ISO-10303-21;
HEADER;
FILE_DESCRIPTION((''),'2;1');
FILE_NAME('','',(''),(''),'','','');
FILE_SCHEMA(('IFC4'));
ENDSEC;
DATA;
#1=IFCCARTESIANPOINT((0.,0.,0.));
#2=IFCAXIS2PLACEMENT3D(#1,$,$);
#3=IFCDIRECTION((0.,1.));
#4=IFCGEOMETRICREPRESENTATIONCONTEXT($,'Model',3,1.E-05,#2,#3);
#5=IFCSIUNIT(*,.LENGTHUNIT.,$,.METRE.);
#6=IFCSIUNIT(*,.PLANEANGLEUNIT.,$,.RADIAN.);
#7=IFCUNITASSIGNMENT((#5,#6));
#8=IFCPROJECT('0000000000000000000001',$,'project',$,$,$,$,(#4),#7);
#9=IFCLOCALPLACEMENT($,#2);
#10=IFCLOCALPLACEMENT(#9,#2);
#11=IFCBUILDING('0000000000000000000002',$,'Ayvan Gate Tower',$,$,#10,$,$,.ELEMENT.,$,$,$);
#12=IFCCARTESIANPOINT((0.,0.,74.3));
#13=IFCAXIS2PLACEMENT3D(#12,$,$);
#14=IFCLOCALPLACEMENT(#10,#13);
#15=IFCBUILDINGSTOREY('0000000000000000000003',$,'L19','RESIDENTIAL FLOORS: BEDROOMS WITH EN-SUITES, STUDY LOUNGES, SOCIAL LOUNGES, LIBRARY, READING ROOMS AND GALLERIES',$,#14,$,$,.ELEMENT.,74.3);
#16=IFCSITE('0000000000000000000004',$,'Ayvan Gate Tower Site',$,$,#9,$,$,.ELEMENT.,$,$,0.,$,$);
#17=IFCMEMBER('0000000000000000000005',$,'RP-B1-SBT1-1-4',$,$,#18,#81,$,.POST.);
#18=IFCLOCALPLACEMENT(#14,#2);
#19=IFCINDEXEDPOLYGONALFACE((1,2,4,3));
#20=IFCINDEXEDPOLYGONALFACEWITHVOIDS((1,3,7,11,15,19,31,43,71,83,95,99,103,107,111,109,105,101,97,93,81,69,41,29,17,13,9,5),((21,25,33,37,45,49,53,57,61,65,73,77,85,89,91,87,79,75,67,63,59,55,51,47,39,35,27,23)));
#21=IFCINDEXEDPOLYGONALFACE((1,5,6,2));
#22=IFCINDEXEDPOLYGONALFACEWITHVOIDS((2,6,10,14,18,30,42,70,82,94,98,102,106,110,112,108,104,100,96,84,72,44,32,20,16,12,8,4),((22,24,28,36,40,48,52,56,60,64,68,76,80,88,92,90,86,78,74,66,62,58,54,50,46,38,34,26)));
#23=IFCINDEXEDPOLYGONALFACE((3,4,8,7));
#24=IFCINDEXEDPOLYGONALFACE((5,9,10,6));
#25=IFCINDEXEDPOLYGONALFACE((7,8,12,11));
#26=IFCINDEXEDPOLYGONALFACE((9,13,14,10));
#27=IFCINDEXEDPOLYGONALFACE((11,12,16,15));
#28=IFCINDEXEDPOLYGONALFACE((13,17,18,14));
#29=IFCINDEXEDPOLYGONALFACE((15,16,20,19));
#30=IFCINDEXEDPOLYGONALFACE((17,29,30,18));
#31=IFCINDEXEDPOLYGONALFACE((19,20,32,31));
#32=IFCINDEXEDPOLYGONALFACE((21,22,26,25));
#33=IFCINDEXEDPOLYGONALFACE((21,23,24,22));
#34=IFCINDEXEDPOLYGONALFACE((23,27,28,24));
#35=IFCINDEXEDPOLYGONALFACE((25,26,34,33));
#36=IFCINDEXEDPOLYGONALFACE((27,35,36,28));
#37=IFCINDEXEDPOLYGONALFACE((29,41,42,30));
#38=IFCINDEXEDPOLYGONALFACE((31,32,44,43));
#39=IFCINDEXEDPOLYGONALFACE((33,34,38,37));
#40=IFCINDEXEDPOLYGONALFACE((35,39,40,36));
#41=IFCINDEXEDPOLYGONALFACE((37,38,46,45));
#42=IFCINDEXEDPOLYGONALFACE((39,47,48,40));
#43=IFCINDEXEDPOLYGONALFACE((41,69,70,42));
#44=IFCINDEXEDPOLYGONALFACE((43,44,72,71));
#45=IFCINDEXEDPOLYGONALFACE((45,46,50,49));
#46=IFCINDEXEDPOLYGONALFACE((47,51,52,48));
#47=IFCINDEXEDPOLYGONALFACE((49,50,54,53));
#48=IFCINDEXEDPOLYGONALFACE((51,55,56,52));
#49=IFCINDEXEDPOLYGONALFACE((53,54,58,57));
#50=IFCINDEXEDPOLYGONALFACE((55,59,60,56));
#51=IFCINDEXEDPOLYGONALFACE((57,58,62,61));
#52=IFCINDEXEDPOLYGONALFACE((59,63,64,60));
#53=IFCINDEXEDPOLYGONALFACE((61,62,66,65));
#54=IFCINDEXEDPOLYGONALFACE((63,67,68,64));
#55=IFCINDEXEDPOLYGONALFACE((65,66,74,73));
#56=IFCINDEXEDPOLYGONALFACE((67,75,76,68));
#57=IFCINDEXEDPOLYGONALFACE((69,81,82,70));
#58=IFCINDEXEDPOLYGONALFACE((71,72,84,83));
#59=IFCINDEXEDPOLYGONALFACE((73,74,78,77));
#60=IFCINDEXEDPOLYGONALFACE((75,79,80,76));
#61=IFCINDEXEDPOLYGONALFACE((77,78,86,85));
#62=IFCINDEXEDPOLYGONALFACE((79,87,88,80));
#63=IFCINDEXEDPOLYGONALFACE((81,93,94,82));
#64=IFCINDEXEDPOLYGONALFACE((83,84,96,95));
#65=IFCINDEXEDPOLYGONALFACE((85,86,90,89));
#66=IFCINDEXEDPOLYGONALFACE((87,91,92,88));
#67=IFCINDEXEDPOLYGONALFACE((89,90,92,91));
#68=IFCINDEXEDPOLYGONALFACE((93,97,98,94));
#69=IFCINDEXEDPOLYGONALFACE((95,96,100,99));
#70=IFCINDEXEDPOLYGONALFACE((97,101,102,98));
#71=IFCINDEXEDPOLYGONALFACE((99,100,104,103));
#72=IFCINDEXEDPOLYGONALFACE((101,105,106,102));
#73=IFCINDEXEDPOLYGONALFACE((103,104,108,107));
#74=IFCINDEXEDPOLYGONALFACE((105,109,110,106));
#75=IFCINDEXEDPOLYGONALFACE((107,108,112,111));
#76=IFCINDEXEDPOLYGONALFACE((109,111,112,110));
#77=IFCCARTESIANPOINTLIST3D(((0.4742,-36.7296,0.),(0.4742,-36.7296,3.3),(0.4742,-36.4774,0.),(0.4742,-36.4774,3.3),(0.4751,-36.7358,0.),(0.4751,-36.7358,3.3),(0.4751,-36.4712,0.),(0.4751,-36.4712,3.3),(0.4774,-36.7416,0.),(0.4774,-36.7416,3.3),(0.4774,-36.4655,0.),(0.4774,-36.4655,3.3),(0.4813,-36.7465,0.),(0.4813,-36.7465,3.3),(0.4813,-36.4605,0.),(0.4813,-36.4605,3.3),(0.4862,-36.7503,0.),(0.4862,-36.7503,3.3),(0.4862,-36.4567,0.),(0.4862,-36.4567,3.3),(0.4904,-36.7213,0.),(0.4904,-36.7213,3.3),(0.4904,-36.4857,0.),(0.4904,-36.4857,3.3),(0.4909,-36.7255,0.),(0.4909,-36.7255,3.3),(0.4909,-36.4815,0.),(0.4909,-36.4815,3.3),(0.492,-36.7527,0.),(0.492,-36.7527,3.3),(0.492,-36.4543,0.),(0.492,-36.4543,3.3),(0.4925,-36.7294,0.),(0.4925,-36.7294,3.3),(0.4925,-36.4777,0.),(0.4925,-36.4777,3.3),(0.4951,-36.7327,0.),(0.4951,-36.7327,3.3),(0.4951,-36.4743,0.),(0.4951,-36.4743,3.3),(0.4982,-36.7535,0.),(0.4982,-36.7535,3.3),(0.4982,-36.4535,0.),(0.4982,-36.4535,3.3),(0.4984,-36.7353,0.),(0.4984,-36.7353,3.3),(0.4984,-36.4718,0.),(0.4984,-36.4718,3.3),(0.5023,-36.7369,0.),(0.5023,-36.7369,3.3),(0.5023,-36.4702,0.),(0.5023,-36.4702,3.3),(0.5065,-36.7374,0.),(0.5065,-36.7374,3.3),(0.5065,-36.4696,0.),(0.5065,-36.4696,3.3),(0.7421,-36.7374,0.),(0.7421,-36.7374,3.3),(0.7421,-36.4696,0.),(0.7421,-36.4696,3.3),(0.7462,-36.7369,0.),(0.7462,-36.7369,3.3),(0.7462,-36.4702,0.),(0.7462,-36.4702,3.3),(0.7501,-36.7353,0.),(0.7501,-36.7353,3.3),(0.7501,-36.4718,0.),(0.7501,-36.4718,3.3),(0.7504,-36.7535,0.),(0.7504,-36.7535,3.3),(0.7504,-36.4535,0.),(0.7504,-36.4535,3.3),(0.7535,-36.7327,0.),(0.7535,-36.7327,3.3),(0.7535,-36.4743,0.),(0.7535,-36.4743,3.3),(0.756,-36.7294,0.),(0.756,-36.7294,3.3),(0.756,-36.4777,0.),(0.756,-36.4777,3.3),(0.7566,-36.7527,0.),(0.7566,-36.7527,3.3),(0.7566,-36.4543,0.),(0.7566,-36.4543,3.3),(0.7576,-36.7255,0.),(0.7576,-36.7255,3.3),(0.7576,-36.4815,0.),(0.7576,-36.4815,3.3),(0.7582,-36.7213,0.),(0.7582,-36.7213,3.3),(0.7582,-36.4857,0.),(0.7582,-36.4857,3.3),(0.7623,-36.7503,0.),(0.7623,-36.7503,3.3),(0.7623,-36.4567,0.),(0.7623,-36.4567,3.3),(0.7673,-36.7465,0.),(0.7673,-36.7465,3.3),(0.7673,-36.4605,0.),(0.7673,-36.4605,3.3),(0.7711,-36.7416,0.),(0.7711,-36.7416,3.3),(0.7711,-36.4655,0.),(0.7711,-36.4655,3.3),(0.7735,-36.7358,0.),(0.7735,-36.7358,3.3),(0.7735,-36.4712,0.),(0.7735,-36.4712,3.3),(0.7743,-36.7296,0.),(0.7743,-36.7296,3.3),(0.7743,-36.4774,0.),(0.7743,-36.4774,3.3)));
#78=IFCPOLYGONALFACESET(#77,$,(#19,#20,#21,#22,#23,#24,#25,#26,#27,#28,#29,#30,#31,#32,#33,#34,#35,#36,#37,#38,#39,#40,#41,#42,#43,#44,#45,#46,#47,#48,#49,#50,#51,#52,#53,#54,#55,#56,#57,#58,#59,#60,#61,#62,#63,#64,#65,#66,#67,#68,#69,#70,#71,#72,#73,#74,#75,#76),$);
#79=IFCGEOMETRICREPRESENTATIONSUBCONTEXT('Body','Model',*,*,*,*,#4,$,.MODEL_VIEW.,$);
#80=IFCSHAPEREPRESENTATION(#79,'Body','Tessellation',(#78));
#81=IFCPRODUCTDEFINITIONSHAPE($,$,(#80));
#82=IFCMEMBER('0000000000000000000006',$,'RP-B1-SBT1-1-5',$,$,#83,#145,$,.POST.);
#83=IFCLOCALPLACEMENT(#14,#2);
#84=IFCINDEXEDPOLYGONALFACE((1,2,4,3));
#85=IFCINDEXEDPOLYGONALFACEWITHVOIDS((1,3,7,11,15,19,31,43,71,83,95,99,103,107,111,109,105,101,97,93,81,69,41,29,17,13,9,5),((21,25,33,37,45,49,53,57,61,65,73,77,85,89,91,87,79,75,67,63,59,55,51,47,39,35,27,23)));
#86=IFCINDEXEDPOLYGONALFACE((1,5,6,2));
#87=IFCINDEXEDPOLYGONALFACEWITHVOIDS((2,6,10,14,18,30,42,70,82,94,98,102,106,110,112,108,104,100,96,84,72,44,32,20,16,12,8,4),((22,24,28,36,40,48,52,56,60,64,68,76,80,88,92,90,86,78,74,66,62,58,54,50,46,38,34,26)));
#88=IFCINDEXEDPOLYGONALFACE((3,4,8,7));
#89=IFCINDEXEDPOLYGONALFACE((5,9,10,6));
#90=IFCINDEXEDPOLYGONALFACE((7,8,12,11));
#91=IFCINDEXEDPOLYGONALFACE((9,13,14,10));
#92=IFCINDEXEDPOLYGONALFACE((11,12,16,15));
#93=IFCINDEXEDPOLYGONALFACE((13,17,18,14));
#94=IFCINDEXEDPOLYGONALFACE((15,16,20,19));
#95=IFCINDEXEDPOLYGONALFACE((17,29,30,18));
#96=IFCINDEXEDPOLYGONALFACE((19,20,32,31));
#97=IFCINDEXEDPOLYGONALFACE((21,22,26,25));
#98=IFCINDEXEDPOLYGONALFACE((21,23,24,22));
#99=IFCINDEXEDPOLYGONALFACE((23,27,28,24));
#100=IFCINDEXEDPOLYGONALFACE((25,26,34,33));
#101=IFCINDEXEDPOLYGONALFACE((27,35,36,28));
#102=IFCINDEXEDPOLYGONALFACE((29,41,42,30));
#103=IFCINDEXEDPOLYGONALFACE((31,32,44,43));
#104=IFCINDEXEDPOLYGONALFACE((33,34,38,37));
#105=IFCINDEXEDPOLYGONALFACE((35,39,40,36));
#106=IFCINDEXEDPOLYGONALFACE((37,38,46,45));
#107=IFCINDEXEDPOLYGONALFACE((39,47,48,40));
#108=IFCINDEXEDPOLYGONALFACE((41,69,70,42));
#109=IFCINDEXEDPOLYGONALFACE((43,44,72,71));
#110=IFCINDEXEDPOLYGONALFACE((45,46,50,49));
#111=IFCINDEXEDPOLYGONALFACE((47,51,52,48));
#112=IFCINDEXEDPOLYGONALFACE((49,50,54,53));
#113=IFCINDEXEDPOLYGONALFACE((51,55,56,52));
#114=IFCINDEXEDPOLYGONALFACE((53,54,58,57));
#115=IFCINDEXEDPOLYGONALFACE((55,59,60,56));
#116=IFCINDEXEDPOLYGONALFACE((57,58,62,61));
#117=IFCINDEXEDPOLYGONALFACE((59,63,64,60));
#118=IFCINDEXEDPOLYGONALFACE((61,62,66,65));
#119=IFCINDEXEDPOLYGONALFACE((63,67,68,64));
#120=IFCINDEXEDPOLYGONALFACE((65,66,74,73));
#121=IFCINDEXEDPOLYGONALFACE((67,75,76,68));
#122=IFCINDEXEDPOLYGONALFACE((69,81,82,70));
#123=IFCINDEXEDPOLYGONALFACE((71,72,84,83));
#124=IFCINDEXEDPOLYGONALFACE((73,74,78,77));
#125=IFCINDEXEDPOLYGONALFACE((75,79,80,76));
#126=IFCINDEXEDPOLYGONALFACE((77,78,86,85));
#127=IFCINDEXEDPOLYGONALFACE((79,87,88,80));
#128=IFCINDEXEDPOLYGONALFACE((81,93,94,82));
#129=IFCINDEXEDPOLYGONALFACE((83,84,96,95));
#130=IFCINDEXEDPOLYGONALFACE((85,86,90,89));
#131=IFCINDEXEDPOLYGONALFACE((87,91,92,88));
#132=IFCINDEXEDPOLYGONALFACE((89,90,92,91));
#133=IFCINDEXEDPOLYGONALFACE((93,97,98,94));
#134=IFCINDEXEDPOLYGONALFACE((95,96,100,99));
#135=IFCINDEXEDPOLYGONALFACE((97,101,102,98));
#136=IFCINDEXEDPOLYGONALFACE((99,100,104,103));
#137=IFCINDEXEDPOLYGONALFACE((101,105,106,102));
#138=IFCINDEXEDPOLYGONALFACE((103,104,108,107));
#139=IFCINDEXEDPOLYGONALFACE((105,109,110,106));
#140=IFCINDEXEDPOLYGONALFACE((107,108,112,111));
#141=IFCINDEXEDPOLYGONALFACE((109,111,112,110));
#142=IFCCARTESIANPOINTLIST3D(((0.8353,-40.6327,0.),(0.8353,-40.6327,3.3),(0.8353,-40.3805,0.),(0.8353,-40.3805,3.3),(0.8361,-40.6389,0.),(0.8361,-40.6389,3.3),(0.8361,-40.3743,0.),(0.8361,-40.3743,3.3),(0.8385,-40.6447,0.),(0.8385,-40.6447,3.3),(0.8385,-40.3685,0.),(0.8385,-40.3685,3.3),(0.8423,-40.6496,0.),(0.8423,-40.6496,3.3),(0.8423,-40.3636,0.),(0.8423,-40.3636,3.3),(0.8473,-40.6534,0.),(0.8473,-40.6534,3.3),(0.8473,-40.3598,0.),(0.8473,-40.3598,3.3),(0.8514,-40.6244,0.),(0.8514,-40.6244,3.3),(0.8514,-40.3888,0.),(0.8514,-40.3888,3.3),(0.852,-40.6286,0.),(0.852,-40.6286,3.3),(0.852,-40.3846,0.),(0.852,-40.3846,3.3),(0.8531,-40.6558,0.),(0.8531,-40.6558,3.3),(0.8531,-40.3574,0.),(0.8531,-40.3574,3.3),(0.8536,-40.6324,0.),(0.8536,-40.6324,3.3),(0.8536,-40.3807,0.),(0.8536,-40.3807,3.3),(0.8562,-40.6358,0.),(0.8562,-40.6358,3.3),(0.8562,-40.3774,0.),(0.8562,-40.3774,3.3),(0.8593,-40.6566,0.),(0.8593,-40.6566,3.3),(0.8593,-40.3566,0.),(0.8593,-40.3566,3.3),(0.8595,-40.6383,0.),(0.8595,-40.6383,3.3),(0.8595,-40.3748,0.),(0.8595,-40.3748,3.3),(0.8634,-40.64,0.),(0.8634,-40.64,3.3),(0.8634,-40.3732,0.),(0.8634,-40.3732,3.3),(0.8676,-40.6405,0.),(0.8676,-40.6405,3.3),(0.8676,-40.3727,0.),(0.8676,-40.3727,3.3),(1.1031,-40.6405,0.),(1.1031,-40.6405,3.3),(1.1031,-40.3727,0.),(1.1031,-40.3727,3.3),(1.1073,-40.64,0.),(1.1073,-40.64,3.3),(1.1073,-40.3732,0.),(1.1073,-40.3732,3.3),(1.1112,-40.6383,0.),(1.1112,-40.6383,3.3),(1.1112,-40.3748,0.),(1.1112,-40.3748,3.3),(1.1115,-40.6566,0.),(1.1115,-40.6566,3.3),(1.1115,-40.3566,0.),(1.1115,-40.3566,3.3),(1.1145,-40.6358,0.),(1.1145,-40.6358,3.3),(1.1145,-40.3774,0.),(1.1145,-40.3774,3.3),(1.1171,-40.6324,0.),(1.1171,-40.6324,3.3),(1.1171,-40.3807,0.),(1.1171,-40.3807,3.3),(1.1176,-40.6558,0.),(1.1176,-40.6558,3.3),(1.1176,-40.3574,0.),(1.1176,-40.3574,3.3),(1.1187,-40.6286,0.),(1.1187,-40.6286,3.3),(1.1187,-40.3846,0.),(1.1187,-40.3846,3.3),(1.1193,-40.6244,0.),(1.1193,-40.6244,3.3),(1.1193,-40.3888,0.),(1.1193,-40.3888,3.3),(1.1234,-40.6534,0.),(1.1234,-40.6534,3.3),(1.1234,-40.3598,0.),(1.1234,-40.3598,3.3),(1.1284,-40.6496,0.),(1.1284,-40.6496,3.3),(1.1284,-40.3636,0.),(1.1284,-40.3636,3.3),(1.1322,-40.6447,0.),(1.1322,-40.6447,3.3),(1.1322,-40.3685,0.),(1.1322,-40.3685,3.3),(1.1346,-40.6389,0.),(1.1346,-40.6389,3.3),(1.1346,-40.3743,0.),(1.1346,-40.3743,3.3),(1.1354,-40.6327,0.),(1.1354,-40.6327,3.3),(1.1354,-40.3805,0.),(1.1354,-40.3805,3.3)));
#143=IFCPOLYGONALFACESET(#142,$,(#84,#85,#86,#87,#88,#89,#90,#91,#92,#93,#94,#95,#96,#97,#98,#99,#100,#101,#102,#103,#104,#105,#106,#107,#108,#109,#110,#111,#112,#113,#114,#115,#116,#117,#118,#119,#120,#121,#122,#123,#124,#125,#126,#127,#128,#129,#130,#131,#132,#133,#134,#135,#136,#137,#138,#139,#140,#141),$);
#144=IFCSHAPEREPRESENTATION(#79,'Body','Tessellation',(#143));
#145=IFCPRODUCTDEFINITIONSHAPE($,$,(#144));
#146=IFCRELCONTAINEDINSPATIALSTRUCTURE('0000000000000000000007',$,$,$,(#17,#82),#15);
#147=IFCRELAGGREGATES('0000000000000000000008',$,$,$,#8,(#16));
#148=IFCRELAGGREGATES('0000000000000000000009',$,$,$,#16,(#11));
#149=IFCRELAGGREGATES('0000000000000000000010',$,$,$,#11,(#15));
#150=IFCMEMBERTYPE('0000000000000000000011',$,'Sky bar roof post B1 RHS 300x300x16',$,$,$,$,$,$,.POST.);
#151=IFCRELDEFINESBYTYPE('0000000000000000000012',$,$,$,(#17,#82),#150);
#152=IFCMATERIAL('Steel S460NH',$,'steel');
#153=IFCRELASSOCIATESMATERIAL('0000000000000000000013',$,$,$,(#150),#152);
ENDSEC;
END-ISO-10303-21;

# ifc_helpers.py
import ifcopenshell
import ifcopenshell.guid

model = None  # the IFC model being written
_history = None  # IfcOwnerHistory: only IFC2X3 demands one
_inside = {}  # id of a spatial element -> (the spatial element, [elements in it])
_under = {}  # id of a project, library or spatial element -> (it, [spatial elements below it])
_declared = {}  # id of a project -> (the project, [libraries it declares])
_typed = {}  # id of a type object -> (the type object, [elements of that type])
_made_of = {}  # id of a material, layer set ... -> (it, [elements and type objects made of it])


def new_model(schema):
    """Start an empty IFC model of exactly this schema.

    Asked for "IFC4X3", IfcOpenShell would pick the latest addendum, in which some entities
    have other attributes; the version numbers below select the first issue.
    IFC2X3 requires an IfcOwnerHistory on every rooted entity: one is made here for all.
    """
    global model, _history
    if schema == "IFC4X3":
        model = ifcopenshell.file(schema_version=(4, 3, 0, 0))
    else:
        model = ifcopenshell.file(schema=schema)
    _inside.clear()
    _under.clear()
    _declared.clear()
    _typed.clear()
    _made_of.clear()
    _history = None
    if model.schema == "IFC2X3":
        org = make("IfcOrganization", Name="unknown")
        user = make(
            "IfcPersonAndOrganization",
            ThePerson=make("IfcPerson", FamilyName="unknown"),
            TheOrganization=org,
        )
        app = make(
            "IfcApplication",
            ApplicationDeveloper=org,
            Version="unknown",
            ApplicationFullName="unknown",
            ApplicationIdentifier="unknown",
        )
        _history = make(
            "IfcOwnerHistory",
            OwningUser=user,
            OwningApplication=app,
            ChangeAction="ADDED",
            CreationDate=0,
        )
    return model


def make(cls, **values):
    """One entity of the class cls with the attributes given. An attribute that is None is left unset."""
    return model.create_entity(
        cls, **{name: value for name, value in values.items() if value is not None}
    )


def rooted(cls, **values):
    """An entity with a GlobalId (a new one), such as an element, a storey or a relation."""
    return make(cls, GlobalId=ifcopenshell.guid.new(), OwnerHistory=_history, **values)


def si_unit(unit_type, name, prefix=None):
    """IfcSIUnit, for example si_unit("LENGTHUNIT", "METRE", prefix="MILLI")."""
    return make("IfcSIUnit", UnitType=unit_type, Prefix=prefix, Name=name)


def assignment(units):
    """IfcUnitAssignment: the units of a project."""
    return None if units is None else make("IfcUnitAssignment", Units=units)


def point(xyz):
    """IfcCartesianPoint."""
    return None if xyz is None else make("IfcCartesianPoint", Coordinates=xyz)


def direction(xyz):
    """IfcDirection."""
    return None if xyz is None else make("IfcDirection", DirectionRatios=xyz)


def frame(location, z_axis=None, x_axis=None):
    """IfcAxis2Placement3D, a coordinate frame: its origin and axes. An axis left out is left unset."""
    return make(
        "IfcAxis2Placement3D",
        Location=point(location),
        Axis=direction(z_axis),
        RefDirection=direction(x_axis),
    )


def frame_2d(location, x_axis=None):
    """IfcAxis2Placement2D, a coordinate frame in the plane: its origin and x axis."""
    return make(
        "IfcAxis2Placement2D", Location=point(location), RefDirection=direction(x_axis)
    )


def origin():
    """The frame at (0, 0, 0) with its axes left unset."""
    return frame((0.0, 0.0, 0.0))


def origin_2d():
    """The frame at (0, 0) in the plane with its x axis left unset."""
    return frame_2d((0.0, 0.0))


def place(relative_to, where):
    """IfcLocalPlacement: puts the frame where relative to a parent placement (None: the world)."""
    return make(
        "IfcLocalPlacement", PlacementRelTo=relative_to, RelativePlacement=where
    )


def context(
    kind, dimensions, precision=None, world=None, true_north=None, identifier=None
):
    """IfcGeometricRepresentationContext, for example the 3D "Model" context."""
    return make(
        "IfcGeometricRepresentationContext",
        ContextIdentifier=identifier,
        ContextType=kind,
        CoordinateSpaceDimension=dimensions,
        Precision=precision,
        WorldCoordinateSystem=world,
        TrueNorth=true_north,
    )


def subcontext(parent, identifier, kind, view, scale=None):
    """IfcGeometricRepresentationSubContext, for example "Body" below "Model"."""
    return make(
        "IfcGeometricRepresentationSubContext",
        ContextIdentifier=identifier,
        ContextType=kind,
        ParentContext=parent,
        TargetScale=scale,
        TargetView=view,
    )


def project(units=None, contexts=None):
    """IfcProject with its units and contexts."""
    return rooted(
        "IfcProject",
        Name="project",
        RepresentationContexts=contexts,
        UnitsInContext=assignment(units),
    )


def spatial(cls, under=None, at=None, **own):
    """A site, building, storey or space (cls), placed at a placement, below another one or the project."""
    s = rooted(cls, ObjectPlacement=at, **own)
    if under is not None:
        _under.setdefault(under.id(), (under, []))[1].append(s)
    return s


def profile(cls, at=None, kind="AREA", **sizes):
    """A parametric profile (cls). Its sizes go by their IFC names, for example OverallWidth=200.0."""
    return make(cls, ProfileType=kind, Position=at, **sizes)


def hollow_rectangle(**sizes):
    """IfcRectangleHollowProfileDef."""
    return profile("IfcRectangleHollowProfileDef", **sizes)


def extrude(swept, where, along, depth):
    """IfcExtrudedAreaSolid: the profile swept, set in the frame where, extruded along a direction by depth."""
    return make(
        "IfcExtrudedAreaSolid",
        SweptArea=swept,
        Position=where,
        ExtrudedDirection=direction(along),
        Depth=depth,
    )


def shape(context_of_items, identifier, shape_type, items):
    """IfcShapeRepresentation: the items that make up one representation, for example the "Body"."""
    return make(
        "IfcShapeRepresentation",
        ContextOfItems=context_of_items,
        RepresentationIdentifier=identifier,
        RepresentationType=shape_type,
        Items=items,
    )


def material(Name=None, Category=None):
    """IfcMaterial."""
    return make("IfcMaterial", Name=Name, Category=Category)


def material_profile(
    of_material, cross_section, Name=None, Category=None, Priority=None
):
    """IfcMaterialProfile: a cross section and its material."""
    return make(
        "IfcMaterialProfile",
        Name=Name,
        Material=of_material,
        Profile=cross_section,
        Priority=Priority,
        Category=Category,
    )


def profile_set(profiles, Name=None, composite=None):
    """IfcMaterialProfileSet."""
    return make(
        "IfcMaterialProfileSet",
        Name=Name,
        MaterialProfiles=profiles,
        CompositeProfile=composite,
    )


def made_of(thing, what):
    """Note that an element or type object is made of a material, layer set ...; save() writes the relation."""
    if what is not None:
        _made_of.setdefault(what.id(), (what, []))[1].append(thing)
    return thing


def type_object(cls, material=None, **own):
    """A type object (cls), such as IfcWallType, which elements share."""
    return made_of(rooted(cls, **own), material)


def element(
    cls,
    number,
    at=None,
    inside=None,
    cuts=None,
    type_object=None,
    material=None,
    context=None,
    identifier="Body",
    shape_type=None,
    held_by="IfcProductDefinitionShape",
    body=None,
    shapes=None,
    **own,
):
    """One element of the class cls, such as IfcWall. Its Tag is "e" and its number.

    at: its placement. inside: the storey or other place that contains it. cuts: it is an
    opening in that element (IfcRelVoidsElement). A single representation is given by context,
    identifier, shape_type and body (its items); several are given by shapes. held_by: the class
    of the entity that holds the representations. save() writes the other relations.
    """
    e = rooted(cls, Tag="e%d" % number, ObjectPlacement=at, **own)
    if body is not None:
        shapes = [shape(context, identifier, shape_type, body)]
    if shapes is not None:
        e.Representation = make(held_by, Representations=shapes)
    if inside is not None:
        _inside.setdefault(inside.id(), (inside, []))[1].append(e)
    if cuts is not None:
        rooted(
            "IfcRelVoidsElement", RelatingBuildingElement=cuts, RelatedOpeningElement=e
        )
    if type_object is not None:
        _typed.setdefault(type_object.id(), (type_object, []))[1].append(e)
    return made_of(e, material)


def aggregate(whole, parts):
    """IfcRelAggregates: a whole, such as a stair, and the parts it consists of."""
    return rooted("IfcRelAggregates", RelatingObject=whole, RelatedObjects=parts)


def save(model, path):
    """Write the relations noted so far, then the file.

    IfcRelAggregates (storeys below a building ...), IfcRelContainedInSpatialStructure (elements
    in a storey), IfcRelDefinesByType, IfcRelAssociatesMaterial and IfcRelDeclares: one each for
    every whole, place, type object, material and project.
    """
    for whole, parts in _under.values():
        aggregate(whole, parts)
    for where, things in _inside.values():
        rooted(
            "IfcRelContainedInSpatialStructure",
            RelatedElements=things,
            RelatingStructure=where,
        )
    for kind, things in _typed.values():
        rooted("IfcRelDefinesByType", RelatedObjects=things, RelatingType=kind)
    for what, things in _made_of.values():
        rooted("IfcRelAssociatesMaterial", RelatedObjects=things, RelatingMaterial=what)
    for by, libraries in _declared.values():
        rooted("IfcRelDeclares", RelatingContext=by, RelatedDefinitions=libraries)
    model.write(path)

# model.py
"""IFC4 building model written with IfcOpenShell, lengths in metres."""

from ifc_helpers import new_model, si_unit, direction, frame, origin, origin_2d, place, context, subcontext, project, spatial, hollow_rectangle, extrude, material, material_profile, profile_set, type_object, element, save


model = new_model("IFC4")

# Units and contexts
model_context = context("Model", 3, precision=1e-05, world=origin(), true_north=direction((0.0, 1.0)))
body_context = subcontext(model_context, "Body", "Model", "MODEL_VIEW")
ifc_project = project(units=[si_unit("LENGTHUNIT", "METRE"), si_unit("PLANEANGLEUNIT", "RADIAN")], contexts=[model_context])

# Site, building, storey
site_placement = place(None, origin())
site = spatial("IfcSite", under=ifc_project, at=site_placement, Name="Ayvan Gate Tower Site", CompositionType="ELEMENT", RefElevation=0.0)
building_placement = place(site_placement, origin())
building = spatial("IfcBuilding", under=site, at=building_placement, Name="Ayvan Gate Tower", CompositionType="ELEMENT")
storey_placement = place(building_placement, frame((0.0, 0.0, 74.3)))
storey = spatial("IfcBuildingStorey", under=building, at=storey_placement, Name="L19", Description="RESIDENTIAL FLOORS: BEDROOMS WITH EN-SUITES, STUDY LOUNGES, SOCIAL LOUNGES, LIBRARY, READING ROOMS AND GALLERIES", CompositionType="ELEMENT", Elevation=74.3)

# Members
ifc_material_1 = material(Name="Steel S460NH", Category="steel")
ifc_material_profile_1 = material_profile(ifc_material_1, hollow_rectangle(XDim=0.3, YDim=0.3, WallThickness=0.0161, InnerFilletRadius=0.0161, OuterFilletRadius=0.0239, at=origin_2d()), Name="RHS 300x300x16")
ifc_profile_set_1 = profile_set([ifc_material_profile_1], Name="Steel S460NH")
member_type_1 = type_object("IfcMemberType", Name="Sky bar roof post B1 RHS 300x300x16", PredefinedType="POST", material=ifc_profile_set_1)
for number, where, z_axis, x_axis, name in (
    (1, (0.6243, -36.6035, 0.0), (0.0, 0.0, 1.0), (1.0, 0.0, 0.0), "RP-B1-SBT1-1-4"),
    (2, (0.9854, -40.5066, 0.0), (0.0, 0.0, 1.0), (1.0, 0.0, 0.0), "RP-B1-SBT1-1-5"),
):
    element("IfcMember", number, at=place(storey_placement, frame(where, z_axis=z_axis, x_axis=x_axis)), inside=storey, type_object=member_type_1, Name=name, PredefinedType="POST", context=body_context, shape_type="SweptSolid", body=[
        extrude(hollow_rectangle(XDim=0.3, YDim=0.3, WallThickness=0.0161, InnerFilletRadius=0.0161, OuterFilletRadius=0.0239, at=origin_2d()), origin(), (0.0, 0.0, 1.0), 3.3),
    ])

save(model, "model.ifc")
